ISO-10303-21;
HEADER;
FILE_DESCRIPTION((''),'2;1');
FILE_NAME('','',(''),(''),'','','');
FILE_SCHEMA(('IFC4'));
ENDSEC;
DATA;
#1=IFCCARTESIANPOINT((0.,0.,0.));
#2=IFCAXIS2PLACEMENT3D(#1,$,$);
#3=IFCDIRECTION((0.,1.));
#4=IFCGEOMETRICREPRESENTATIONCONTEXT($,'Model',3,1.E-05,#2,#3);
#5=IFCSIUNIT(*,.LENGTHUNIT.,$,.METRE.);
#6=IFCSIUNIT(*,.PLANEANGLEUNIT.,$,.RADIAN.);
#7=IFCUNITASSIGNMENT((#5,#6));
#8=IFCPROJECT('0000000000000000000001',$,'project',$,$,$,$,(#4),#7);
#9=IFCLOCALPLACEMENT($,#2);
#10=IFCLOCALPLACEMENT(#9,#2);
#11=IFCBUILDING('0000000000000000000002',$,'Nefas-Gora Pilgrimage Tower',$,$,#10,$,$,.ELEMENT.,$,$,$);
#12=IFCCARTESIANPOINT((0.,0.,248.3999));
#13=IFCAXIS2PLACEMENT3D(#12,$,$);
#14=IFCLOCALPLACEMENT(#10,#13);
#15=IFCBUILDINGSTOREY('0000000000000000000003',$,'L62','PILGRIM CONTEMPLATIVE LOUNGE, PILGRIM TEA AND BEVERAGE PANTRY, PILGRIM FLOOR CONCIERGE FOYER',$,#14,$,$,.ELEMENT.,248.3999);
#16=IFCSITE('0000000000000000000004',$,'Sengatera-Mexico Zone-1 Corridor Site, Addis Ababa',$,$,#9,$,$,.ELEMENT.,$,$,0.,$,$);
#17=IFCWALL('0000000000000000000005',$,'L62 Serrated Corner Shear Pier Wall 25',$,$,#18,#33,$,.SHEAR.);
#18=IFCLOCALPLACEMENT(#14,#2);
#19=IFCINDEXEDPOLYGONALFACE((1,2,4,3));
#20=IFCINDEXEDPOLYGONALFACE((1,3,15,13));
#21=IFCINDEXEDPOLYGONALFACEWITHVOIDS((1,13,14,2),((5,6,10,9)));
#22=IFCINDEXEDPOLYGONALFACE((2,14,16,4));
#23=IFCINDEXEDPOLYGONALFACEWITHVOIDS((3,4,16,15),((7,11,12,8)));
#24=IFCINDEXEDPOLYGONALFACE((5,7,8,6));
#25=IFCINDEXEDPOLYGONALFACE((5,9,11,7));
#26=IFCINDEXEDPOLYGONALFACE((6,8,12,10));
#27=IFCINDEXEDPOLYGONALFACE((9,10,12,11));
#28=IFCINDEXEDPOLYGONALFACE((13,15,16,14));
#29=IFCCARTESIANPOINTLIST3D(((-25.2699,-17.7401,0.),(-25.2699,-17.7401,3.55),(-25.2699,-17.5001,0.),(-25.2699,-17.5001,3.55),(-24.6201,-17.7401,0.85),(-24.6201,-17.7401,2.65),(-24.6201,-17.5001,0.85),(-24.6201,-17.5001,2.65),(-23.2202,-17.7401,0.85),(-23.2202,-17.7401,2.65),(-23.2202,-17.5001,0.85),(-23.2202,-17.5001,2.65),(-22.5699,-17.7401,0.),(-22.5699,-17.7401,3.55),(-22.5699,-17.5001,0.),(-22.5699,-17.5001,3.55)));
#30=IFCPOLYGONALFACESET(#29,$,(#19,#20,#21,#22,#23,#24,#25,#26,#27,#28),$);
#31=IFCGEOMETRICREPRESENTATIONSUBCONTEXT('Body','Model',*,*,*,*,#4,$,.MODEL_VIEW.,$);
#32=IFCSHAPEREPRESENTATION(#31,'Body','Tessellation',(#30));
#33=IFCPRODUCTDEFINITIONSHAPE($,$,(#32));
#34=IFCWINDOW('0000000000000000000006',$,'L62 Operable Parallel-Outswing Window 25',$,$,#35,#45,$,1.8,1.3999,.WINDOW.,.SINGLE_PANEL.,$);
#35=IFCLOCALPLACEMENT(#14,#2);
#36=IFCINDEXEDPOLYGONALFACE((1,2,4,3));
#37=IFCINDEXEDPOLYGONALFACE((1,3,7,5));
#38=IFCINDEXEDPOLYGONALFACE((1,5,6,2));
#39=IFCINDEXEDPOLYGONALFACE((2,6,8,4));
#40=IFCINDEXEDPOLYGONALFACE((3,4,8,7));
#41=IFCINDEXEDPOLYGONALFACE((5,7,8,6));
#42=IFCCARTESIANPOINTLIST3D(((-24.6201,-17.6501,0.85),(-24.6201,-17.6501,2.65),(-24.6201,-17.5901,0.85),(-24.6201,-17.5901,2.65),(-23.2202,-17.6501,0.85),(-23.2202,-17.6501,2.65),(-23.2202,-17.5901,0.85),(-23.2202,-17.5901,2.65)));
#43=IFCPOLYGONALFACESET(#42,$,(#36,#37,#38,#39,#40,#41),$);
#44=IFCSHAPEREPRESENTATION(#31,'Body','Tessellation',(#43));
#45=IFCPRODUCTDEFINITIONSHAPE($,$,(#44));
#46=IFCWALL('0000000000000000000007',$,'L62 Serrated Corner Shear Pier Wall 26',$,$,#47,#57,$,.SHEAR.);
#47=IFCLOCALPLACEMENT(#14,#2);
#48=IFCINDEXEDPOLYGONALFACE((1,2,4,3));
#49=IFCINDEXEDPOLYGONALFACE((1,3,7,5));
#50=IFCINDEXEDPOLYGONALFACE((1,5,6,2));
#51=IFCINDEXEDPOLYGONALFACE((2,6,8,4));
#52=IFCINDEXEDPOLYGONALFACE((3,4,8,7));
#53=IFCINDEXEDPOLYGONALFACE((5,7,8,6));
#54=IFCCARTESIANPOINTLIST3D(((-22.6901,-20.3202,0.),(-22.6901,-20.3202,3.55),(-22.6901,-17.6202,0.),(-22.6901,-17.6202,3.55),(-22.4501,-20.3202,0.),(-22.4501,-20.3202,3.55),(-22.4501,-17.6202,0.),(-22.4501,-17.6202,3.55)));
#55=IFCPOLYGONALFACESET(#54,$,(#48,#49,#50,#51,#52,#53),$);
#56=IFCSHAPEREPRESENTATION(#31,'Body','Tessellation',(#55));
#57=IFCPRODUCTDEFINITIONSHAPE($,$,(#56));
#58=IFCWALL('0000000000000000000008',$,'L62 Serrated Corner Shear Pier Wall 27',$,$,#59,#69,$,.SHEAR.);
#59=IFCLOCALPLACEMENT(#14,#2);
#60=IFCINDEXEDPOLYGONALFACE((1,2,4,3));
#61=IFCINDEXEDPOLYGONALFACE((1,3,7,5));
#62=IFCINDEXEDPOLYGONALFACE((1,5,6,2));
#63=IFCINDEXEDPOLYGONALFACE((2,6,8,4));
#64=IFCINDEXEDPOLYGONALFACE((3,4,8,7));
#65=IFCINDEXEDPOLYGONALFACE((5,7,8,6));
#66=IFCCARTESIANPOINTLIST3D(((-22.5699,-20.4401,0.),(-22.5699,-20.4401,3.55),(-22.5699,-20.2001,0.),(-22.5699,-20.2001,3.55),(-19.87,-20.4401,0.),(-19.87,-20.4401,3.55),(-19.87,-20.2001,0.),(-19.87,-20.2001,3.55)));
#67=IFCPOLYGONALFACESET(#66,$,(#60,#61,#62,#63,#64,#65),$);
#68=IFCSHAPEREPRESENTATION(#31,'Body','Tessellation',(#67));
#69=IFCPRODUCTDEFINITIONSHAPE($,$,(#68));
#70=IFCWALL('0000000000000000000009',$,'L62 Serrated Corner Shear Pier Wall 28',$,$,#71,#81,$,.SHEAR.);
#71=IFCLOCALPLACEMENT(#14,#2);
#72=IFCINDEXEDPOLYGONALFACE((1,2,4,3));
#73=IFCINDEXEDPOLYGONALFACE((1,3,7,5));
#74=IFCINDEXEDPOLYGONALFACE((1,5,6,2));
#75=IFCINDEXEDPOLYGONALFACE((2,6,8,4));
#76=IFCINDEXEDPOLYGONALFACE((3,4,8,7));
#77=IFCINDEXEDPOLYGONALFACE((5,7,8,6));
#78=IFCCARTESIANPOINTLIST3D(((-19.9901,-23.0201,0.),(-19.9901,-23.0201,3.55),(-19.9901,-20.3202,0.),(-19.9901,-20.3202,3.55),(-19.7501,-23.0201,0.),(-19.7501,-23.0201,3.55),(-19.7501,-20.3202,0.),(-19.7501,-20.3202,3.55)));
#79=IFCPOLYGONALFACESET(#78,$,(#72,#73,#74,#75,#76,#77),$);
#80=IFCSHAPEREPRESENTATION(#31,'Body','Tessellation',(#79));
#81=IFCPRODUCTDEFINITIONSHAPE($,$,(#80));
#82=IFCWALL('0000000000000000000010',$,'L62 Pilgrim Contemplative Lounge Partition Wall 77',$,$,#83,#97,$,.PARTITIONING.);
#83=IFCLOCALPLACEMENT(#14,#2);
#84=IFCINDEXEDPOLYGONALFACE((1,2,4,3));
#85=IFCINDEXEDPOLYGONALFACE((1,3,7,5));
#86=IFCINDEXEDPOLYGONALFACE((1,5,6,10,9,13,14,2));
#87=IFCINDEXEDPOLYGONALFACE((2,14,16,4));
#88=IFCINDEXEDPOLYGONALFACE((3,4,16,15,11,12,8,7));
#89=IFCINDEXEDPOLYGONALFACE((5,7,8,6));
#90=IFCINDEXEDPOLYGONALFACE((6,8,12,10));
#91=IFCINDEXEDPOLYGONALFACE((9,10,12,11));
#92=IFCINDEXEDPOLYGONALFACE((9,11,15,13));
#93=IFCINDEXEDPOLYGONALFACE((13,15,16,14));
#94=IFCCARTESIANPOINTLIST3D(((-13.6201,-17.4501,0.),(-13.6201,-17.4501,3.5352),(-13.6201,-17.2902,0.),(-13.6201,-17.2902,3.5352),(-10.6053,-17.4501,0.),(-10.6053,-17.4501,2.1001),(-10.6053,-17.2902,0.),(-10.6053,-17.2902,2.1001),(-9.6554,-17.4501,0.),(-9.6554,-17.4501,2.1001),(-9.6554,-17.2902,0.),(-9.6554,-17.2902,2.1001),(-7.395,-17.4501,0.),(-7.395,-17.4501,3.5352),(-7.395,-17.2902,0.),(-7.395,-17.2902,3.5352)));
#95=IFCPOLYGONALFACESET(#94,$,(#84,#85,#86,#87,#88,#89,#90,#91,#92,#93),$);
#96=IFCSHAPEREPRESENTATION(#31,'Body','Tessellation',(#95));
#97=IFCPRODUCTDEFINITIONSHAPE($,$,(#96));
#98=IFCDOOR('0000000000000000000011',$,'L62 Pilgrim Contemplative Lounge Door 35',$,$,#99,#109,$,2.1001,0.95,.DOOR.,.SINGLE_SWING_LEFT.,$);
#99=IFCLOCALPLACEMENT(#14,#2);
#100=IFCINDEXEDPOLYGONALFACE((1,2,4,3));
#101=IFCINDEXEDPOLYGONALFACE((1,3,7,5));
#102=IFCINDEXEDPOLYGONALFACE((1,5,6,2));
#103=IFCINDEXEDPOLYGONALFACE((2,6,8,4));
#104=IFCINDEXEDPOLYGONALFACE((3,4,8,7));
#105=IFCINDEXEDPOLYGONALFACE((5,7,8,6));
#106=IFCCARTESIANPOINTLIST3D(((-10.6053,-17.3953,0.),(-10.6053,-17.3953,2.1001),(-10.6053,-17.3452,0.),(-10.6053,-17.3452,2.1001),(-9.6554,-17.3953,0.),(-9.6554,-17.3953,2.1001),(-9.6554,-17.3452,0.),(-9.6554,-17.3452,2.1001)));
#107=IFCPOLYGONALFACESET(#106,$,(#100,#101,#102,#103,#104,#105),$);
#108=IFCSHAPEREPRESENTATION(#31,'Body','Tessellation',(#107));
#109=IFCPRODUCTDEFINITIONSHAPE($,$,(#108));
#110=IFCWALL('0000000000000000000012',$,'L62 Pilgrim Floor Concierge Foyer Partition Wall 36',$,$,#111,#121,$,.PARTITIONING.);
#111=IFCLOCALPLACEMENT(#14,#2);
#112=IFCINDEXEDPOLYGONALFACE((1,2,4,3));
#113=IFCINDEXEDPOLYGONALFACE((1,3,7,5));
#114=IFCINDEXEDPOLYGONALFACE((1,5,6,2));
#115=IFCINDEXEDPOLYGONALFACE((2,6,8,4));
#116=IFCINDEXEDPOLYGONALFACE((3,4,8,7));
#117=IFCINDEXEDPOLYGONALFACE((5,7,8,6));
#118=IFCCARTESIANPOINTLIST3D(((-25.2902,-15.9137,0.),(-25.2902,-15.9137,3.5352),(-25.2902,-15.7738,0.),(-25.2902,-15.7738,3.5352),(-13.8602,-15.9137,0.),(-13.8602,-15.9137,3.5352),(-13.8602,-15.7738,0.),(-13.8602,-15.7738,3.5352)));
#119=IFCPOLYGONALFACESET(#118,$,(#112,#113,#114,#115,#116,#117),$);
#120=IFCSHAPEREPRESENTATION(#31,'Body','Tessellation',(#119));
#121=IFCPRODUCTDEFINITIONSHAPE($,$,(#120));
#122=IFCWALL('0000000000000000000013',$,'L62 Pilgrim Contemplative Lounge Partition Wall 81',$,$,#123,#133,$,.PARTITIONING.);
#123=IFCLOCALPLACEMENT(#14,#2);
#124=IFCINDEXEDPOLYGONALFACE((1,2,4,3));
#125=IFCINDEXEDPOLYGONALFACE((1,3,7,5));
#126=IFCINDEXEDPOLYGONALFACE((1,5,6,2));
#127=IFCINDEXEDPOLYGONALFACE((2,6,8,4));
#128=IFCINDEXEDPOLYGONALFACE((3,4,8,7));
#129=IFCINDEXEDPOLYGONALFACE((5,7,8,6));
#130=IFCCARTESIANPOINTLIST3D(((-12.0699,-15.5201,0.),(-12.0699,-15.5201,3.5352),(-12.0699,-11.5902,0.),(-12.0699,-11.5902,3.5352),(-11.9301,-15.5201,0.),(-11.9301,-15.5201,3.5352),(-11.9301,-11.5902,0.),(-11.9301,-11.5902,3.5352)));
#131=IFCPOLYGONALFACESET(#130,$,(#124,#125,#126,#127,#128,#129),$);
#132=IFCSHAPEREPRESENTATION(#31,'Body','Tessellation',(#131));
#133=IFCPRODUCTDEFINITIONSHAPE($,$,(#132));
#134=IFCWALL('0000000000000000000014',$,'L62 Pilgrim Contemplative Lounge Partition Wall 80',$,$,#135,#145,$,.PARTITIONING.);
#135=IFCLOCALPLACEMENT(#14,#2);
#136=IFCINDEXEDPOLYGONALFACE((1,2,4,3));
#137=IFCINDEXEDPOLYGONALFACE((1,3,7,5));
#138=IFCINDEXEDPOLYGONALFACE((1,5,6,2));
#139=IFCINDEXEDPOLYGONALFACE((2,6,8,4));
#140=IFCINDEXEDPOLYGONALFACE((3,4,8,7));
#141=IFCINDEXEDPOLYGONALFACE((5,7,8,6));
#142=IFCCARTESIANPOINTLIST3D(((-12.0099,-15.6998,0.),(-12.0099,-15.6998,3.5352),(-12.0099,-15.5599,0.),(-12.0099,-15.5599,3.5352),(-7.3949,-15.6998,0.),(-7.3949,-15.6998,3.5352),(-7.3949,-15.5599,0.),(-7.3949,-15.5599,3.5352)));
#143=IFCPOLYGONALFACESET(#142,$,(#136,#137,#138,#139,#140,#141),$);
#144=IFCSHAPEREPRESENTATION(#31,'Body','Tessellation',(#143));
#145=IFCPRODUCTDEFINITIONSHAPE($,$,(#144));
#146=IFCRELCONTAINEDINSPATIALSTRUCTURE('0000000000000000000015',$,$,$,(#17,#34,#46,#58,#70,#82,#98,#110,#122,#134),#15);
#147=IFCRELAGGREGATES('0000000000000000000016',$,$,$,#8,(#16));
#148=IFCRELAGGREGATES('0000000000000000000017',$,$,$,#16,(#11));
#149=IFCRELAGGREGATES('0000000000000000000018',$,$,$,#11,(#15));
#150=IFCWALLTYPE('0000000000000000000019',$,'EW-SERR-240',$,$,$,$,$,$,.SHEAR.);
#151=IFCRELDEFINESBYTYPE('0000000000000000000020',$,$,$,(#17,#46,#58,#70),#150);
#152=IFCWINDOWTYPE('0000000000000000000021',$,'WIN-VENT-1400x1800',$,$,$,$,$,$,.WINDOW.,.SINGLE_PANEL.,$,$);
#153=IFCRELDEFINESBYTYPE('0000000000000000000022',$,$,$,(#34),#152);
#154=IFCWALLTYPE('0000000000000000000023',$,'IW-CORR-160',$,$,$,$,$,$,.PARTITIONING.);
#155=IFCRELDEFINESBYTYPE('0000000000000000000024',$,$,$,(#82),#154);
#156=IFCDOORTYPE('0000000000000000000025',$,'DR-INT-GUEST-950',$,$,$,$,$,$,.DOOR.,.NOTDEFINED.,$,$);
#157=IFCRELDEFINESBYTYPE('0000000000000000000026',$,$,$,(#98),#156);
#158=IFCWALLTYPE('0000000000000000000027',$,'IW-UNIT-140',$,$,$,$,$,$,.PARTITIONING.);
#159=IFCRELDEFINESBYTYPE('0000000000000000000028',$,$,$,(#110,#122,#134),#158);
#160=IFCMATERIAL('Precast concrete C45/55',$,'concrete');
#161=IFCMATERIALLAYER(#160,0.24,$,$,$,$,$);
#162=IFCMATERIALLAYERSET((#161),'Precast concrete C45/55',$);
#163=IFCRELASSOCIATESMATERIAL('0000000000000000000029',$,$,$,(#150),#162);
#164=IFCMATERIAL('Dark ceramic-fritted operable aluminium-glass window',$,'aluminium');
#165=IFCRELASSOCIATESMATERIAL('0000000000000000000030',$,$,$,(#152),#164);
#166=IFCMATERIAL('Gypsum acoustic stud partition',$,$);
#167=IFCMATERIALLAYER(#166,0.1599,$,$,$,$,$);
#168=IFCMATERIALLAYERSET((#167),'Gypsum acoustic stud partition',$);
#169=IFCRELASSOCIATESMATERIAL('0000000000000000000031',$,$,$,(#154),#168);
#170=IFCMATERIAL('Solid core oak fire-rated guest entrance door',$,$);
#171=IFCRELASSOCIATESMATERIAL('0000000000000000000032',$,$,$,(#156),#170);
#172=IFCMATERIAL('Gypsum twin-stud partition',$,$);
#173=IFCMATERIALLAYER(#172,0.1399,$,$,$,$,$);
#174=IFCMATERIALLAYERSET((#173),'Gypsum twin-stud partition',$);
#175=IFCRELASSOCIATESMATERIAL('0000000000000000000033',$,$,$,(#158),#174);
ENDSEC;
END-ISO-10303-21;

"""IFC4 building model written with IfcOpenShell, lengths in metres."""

from ifc_helpers import new_model, si_unit, direction, frame, frame_2d, origin, place, context, subcontext, project, spatial, rectangle, extrude, source, transform, mapped, material, layer, layer_set, type_object, element, fill, save


model = new_model("IFC4")

# Units and contexts
model_context = context("Model", 3, precision=1e-05, world=origin(), true_north=direction((0.0, 1.0)))
body_context = subcontext(model_context, "Body", "Model", "MODEL_VIEW")
ifc_project = project(units=[si_unit("LENGTHUNIT", "METRE"), si_unit("PLANEANGLEUNIT", "RADIAN")], contexts=[model_context])

# Site, building, storey
site_placement = place(None, origin())
site = spatial("IfcSite", under=ifc_project, at=site_placement, Name="Sengatera-Mexico Zone-1 Corridor Site, Addis Ababa", CompositionType="ELEMENT", RefElevation=0.0)
building_placement = place(site_placement, origin())
building = spatial("IfcBuilding", under=site, at=building_placement, Name="Nefas-Gora Pilgrimage Tower", CompositionType="ELEMENT")
storey_placement = place(building_placement, frame((0.0, 0.0, 248.3999)))
storey = spatial("IfcBuildingStorey", under=building, at=storey_placement, Name="L62", Description="PILGRIM CONTEMPLATIVE LOUNGE, PILGRIM TEA AND BEVERAGE PANTRY, PILGRIM FLOOR CONCIERGE FOYER", CompositionType="ELEMENT", Elevation=248.3999)

# Wall, opening, window
ifc_material_1 = material(Name="Precast concrete C45/55", Category="concrete")
ifc_layer_1 = layer(ifc_material_1, 0.24)
ifc_layer_set_1 = layer_set([ifc_layer_1], Name="Precast concrete C45/55")
wall_type_1 = type_object("IfcWallType", Name="EW-SERR-240", PredefinedType="SHEAR", material=ifc_layer_set_1)
shared_shape_1 = source(origin(), body_context, "Body", "SweptSolid", [
    extrude(rectangle(XDim=2.7, YDim=0.24, at=frame_2d((1.3501, 0.0))), origin(), (0.0, 0.0, 1.0), 3.55),
])
wall_1_placement = place(storey_placement, frame((-25.27, -17.6201, 0.0), z_axis=(0.0, 0.0, 1.0), x_axis=(1.0, 0.0, 0.0)))
wall_1 = element("IfcWall", 1, at=wall_1_placement, inside=storey, type_object=wall_type_1, Name="L62 Serrated Corner Shear Pier Wall 25", PredefinedType="SHEAR", context=body_context, shape_type="MappedRepresentation", body=[
    mapped(shared_shape_1, transform((0.0, 0.0, 0.0), x_axis=(1.0, 0.0, 0.0), y_axis=(0.0, 1.0, 0.0), z_axis=(0.0, 0.0, 1.0), scale=1.0)),
])
opening_1_placement = place(wall_1_placement, frame((0.6499, 0.0, 0.8501)))
opening_1 = element("IfcOpeningElement", 2, at=opening_1_placement, cuts=wall_1, PredefinedType="OPENING", context=body_context, shape_type="SweptSolid", body=[
    extrude(rectangle(XDim=1.3999, YDim=1.8, at=frame_2d((0.7, 0.8999))), frame((0.0, 0.1299, 0.0), z_axis=(0.0, -1.0, 0.0), x_axis=(1.0, 0.0, 0.0)), (0.0, 0.0, 1.0), 0.26),
])
ifc_material_2 = material(Name="Dark ceramic-fritted operable aluminium-glass window", Category="aluminium")
window_type = type_object("IfcWindowType", Name="WIN-VENT-1400x1800", PartitioningType="SINGLE_PANEL", PredefinedType="WINDOW", material=ifc_material_2)
shared_shape_2 = source(origin(), body_context, "Body", "SweptSolid", [
    extrude(rectangle(XDim=1.3999, YDim=1.8, at=frame_2d((0.7, 0.8999))), frame((0.0, 0.03, 0.0), z_axis=(0.0, -1.0, 0.0), x_axis=(1.0, 0.0, 0.0)), (0.0, 0.0, 1.0), 0.0601),
])
window_placement = place(opening_1_placement, origin())
window = element("IfcWindow", 3, at=window_placement, inside=storey, type_object=window_type, Name="L62 Operable Parallel-Outswing Window 25", OverallHeight=1.8, OverallWidth=1.3999, PartitioningType="SINGLE_PANEL", PredefinedType="WINDOW", context=body_context, shape_type="MappedRepresentation", body=[
    mapped(shared_shape_2, transform((0.0, 0.0, 0.0), x_axis=(1.0, 0.0, 0.0), y_axis=(0.0, 1.0, 0.0), z_axis=(0.0, 0.0, 1.0), scale=1.0)),
])
fill(opening_1, window)

# Walls
for number, where, z_axis, x_axis, name in (
    (4, (-22.5701, -17.6201, 0.0), (0.0, 0.0, 1.0), (0.0, -1.0, 0.0), "L62 Serrated Corner Shear Pier Wall 26"),
    (5, (-22.5701, -20.3201, 0.0), (0.0, 0.0, 1.0), (1.0, 0.0, 0.0), "L62 Serrated Corner Shear Pier Wall 27"),
    (6, (-19.8701, -20.3201, 0.0), (0.0, 0.0, 1.0), (0.0, -1.0, 0.0), "L62 Serrated Corner Shear Pier Wall 28"),
):
    element("IfcWall", number, at=place(storey_placement, frame(where, z_axis=z_axis, x_axis=x_axis)), inside=storey, type_object=wall_type_1, Name=name, PredefinedType="SHEAR", context=body_context, shape_type="MappedRepresentation", body=[
        mapped(shared_shape_1, transform((0.0, 0.0, 0.0), x_axis=(1.0, 0.0, 0.0), y_axis=(0.0, 1.0, 0.0), z_axis=(0.0, 0.0, 1.0), scale=1.0)),
    ])

# Wall, opening, door
ifc_material_3 = material(Name="Gypsum acoustic stud partition")
ifc_layer_2 = layer(ifc_material_3, 0.1599)
ifc_layer_set_2 = layer_set([ifc_layer_2], Name="Gypsum acoustic stud partition")
wall_type_2 = type_object("IfcWallType", Name="IW-CORR-160", PredefinedType="PARTITIONING", material=ifc_layer_set_2)
shared_shape_3 = source(origin(), body_context, "Body", "SweptSolid", [
    extrude(rectangle(XDim=6.2251, YDim=0.1599, at=frame_2d((3.1125, 0.0))), origin(), (0.0, 0.0, 1.0), 3.5352),
])
wall_2_placement = place(storey_placement, frame((-13.6201, -17.3701, 0.0), z_axis=(0.0, 0.0, 1.0), x_axis=(1.0, 0.0, 0.0)))
wall_2 = element("IfcWall", 7, at=wall_2_placement, inside=storey, type_object=wall_type_2, Name="L62 Pilgrim Contemplative Lounge Partition Wall 77", PredefinedType="PARTITIONING", context=body_context, shape_type="MappedRepresentation", body=[
    mapped(shared_shape_3, transform((0.0, 0.0, 0.0), x_axis=(1.0, 0.0, 0.0), y_axis=(0.0, 1.0, 0.0), z_axis=(0.0, 0.0, 1.0), scale=1.0)),
])
opening_2_placement = place(wall_2_placement, frame((3.0146, 0.0, 0.0)))
opening_2 = element("IfcOpeningElement", 8, at=opening_2_placement, cuts=wall_2, PredefinedType="OPENING", context=body_context, shape_type="SweptSolid", body=[
    extrude(rectangle(XDim=0.95, YDim=2.1001, at=frame_2d((0.4751, 1.05))), frame((0.0, 0.0898, 0.0), z_axis=(0.0, -1.0, 0.0), x_axis=(1.0, 0.0, 0.0)), (0.0, 0.0, 1.0), 0.1799),
])
ifc_material_4 = material(Name="Solid core oak fire-rated guest entrance door")
door_type = type_object("IfcDoorType", Name="DR-INT-GUEST-950", OperationType="NOTDEFINED", PredefinedType="DOOR", material=ifc_material_4)
shared_shape_4 = source(origin(), body_context, "Body", "SweptSolid", [
    extrude(rectangle(XDim=0.95, YDim=2.1001, at=frame_2d((0.4751, 1.05))), frame((0.0, 0.0249, 0.0), z_axis=(0.0, -1.0, 0.0), x_axis=(1.0, 0.0, 0.0)), (0.0, 0.0, 1.0), 0.05),
])
door_1_placement = place(opening_2_placement, origin())
door_1 = element("IfcDoor", 9, at=door_1_placement, inside=storey, type_object=door_type, Name="L62 Pilgrim Contemplative Lounge Door 35", OperationType="SINGLE_SWING_LEFT", OverallHeight=2.1001, OverallWidth=0.95, PredefinedType="DOOR", context=body_context, shape_type="MappedRepresentation", body=[
    mapped(shared_shape_4, transform((0.0, 0.0, 0.0), x_axis=(1.0, 0.0, 0.0), y_axis=(0.0, 1.0, 0.0), z_axis=(0.0, 0.0, 1.0), scale=1.0)),
])
fill(opening_2, door_1)

# Walls
ifc_material_5 = material(Name="Gypsum twin-stud partition")
ifc_layer_3 = layer(ifc_material_5, 0.1399)
ifc_layer_set_3 = layer_set([ifc_layer_3], Name="Gypsum twin-stud partition")
wall_type_3 = type_object("IfcWallType", Name="IW-UNIT-140", PredefinedType="PARTITIONING", material=ifc_layer_set_3)
shared_shape_5 = source(origin(), body_context, "Body", "SweptSolid", [
    extrude(rectangle(XDim=11.4299, YDim=0.1399, at=frame_2d((5.7148, 0.0))), origin(), (0.0, 0.0, 1.0), 3.5352),
])
wall_3_placement = place(storey_placement, frame((-25.29, -15.8438, 0.0), z_axis=(0.0, 0.0, 1.0), x_axis=(1.0, 0.0, 0.0)))
element("IfcWall", 10, at=wall_3_placement, inside=storey, type_object=wall_type_3, Name="L62 Pilgrim Floor Concierge Foyer Partition Wall 36", PredefinedType="PARTITIONING", context=body_context, shape_type="MappedRepresentation", body=[
    mapped(shared_shape_5, transform((0.0, 0.0, 0.0), x_axis=(1.0, 0.0, 0.0), y_axis=(0.0, 1.0, 0.0), z_axis=(0.0, 0.0, 1.0), scale=1.0)),
])
shared_shape_6 = source(origin(), body_context, "Body", "SweptSolid", [
    extrude(rectangle(XDim=3.9299, YDim=0.1399, at=frame_2d((1.9648, 0.0))), origin(), (0.0, 0.0, 1.0), 3.5352),
])
wall_4_placement = place(storey_placement, frame((-12.0, -15.52, 0.0), z_axis=(0.0, 0.0, 1.0), x_axis=(0.0, 1.0, 0.0)))
element("IfcWall", 11, at=wall_4_placement, inside=storey, type_object=wall_type_3, Name="L62 Pilgrim Contemplative Lounge Partition Wall 81", PredefinedType="PARTITIONING", context=body_context, shape_type="MappedRepresentation", body=[
    mapped(shared_shape_6, transform((0.0, 0.0, 0.0), x_axis=(1.0, 0.0, 0.0), y_axis=(0.0, 1.0, 0.0), z_axis=(0.0, 0.0, 1.0), scale=1.0)),
])
shared_shape_7 = source(origin(), body_context, "Body", "SweptSolid", [
    extrude(rectangle(XDim=4.615, YDim=0.1399, at=frame_2d((2.3076, 0.0))), origin(), (0.0, 0.0, 1.0), 3.5352),
])
wall_5_placement = place(storey_placement, frame((-12.01, -15.6299, 0.0), z_axis=(0.0, 0.0, 1.0), x_axis=(1.0, 0.0, 0.0)))
element("IfcWall", 12, at=wall_5_placement, inside=storey, type_object=wall_type_3, Name="L62 Pilgrim Contemplative Lounge Partition Wall 80", PredefinedType="PARTITIONING", context=body_context, shape_type="MappedRepresentation", body=[
    mapped(shared_shape_7, transform((0.0, 0.0, 0.0), x_axis=(1.0, 0.0, 0.0), y_axis=(0.0, 1.0, 0.0), z_axis=(0.0, 0.0, 1.0), scale=1.0)),
])

save(model, "model.ifc")
